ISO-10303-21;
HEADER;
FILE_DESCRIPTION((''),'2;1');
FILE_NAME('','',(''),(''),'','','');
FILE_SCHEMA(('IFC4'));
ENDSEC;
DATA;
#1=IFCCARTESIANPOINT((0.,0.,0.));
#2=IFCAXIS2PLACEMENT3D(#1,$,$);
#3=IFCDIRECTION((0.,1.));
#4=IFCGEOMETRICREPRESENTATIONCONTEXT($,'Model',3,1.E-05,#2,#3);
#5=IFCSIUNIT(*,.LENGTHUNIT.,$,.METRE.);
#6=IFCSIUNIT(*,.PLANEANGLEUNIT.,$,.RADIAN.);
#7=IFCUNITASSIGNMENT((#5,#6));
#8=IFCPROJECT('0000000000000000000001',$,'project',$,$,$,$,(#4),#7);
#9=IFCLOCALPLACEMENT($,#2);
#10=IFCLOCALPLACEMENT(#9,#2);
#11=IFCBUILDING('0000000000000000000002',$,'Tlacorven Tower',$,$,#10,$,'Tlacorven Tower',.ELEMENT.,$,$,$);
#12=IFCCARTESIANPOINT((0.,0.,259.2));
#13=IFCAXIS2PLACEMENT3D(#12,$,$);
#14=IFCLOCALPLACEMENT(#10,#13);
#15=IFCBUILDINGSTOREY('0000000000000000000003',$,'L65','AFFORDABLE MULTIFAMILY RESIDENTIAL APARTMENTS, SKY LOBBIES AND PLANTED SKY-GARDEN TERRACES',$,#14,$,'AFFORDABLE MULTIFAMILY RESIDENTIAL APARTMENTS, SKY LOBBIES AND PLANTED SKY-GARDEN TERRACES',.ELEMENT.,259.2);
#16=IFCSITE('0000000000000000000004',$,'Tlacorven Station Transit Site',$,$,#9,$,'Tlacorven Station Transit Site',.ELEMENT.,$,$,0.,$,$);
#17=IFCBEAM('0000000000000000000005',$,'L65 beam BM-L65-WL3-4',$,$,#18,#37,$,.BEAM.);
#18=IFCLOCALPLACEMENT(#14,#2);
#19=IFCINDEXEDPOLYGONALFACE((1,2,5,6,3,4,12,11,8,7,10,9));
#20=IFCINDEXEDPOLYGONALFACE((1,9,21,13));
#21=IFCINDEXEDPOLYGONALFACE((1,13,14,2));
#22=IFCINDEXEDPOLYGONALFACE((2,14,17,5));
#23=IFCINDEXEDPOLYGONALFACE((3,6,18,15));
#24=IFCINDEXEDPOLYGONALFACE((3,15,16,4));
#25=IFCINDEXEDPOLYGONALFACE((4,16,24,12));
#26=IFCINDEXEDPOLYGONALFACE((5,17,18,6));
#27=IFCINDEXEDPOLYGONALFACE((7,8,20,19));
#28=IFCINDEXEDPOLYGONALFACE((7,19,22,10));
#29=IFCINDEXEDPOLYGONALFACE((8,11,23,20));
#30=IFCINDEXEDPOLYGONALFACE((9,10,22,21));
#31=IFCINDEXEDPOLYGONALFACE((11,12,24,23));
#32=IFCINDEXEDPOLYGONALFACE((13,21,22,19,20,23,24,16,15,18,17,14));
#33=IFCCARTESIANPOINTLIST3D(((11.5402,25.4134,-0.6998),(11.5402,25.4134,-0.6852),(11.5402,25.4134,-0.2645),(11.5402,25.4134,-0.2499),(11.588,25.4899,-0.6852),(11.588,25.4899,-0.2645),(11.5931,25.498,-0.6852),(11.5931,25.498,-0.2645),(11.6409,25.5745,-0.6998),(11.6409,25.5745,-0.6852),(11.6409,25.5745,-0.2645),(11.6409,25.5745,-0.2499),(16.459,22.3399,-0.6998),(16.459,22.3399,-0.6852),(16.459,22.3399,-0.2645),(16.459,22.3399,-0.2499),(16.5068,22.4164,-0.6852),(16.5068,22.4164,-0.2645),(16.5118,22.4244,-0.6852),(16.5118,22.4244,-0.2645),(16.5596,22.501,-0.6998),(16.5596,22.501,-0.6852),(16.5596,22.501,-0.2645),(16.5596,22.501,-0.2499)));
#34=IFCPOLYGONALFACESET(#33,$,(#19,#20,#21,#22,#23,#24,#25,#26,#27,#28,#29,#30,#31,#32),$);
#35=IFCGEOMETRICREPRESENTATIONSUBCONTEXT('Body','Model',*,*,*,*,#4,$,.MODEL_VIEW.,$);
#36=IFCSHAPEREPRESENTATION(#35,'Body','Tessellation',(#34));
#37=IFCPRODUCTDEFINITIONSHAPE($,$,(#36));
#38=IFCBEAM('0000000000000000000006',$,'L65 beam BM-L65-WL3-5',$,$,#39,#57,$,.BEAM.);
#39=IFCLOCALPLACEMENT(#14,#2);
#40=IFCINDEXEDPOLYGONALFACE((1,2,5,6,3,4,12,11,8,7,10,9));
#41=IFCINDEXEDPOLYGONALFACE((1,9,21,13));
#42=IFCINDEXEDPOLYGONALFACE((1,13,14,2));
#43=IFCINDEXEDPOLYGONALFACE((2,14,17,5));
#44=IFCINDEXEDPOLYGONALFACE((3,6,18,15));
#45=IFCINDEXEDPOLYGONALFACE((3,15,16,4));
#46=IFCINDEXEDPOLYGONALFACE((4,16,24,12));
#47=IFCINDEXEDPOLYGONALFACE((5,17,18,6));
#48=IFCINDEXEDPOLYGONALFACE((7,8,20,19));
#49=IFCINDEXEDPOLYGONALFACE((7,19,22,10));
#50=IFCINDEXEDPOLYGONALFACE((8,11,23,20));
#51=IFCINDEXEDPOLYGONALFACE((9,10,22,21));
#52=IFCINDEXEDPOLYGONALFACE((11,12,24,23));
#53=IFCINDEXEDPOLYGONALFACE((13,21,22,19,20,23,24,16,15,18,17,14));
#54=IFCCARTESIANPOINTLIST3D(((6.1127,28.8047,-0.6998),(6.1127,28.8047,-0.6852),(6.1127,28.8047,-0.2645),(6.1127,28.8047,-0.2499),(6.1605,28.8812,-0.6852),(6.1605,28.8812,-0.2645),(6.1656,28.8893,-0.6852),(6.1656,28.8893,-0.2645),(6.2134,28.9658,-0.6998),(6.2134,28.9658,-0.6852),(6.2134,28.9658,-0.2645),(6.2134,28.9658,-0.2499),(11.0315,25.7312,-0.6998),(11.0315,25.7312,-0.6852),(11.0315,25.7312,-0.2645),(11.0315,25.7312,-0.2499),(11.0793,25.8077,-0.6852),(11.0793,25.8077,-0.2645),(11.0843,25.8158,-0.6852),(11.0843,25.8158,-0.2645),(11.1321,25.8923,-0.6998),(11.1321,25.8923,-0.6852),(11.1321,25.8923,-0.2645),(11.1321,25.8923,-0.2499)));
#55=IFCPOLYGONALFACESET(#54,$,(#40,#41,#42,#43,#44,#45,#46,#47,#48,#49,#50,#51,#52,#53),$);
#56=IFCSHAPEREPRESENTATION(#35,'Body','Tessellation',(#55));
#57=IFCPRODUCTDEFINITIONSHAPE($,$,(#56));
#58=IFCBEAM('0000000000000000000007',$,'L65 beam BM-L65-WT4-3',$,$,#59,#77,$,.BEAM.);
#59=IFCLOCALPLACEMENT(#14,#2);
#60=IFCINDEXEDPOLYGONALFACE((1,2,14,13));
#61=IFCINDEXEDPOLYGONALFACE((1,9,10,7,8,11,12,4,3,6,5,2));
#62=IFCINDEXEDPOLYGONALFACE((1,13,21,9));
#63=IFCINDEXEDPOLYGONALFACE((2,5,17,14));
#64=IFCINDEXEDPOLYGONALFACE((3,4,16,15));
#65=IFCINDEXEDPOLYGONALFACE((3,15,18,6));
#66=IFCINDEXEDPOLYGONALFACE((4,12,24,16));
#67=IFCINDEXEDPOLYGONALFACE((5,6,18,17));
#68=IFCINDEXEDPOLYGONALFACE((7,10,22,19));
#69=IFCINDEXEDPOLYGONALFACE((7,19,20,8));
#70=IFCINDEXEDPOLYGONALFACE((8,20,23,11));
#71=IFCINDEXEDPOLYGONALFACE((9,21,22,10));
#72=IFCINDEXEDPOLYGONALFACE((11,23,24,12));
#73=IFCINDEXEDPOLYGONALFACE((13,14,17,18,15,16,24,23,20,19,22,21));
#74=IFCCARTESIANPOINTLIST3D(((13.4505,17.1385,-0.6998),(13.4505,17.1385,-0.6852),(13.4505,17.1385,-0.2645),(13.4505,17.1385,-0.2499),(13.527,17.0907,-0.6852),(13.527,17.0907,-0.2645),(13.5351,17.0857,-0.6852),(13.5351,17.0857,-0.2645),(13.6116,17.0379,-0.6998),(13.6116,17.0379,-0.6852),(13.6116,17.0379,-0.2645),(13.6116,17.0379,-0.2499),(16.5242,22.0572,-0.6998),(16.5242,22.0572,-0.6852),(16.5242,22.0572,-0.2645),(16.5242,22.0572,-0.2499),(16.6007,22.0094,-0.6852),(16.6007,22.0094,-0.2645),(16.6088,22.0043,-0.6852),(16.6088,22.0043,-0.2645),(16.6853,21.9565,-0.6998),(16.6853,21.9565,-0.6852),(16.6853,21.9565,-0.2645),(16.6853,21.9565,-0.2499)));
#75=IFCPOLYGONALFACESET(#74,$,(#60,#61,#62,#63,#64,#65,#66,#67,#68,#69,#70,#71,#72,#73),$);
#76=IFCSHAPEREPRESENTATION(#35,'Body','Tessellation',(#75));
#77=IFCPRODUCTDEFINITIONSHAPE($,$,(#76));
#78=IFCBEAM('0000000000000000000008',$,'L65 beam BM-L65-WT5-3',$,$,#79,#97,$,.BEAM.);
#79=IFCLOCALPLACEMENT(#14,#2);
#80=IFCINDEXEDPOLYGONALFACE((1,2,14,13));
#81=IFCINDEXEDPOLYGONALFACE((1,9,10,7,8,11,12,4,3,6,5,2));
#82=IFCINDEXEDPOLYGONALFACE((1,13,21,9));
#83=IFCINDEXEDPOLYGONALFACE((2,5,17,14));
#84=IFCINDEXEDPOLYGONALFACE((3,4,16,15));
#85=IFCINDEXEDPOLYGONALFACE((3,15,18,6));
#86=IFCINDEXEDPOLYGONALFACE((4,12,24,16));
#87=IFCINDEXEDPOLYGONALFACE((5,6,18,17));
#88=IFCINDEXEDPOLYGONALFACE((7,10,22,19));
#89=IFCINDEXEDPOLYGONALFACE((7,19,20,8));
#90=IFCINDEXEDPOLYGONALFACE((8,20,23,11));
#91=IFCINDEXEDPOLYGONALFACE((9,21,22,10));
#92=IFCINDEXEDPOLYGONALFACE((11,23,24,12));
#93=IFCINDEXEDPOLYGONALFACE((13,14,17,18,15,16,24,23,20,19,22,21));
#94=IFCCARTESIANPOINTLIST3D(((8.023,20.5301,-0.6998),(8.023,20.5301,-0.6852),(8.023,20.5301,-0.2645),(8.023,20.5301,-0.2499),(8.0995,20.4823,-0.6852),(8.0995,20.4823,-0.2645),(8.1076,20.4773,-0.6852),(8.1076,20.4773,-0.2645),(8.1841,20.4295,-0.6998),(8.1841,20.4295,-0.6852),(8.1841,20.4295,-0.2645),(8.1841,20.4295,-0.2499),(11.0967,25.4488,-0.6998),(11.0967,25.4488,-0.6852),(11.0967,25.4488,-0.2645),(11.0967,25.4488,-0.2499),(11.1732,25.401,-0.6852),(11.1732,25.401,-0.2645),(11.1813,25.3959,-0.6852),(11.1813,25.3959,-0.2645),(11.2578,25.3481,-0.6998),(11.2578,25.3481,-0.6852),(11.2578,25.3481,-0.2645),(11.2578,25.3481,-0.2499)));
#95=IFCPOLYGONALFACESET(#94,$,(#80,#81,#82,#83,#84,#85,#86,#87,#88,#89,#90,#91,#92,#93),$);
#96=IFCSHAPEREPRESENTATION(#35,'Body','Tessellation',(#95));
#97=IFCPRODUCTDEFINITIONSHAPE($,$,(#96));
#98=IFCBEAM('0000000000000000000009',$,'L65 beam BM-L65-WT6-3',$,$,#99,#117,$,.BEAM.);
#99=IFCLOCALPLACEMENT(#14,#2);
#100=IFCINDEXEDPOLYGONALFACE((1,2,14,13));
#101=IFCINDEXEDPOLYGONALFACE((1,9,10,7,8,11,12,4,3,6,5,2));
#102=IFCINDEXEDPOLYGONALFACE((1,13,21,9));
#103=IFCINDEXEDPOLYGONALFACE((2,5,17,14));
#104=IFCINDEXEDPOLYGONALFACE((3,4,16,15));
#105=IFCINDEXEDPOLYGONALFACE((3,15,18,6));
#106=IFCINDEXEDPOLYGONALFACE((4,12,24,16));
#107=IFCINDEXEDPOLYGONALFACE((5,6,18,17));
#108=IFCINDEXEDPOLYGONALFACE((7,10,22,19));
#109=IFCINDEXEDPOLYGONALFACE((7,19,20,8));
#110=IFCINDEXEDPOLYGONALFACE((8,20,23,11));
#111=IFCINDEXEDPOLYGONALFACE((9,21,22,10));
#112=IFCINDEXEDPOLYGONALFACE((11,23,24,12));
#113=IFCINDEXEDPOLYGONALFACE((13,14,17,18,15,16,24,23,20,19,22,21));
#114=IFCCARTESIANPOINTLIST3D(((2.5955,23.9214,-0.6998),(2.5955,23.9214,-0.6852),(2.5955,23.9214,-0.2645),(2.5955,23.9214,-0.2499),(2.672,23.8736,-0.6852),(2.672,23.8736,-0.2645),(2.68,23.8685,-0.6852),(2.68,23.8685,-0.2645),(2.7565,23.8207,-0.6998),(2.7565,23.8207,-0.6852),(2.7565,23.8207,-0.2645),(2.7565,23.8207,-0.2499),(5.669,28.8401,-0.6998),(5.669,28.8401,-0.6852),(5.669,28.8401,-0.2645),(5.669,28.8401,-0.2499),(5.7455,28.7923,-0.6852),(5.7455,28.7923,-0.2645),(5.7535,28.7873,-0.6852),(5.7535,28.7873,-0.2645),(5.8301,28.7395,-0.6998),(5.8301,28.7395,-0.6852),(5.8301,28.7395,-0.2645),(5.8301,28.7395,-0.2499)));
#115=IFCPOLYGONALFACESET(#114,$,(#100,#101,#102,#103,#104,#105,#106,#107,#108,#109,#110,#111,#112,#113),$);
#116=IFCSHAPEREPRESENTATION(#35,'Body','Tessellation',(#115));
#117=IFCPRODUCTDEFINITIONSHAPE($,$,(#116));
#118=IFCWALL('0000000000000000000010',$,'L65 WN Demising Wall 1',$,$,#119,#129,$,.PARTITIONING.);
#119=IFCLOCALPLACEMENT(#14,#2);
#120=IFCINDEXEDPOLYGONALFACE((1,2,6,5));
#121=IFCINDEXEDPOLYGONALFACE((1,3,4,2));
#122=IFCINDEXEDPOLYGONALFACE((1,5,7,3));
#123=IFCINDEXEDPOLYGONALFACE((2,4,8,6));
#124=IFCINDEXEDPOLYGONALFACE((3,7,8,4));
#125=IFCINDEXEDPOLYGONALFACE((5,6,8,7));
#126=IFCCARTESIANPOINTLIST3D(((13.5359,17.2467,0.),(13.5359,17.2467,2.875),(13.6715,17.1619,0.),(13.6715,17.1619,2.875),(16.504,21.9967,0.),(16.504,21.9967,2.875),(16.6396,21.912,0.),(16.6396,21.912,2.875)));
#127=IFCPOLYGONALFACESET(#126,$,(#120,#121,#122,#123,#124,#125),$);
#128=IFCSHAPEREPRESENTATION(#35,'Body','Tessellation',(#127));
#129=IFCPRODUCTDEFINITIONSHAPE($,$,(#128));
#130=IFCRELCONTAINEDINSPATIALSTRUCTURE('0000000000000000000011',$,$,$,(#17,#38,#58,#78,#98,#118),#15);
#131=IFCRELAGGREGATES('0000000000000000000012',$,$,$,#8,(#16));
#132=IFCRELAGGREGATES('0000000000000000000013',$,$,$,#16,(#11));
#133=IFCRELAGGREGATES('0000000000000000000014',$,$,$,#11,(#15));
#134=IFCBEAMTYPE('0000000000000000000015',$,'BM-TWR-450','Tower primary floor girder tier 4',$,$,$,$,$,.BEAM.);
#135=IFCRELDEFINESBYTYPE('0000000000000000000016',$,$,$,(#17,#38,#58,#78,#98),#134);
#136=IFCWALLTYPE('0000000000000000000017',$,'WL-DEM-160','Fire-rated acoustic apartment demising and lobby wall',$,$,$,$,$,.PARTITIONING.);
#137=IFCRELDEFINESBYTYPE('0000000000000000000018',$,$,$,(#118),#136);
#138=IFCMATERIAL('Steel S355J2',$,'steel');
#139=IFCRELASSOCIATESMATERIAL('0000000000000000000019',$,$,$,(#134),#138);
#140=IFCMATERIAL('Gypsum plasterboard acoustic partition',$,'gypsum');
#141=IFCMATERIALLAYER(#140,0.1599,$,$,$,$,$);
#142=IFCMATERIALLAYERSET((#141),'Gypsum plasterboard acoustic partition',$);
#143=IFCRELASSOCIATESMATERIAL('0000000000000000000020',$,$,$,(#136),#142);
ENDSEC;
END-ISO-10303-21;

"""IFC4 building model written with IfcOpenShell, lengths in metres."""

from ifc_helpers import new_model, si_unit, direction, frame, frame_2d, origin, origin_2d, place, context, subcontext, project, spatial, rectangle, i_section, extrude, source, transform, mapped, material, layer, layer_set, material_profile, profile_set, type_object, element, save


model = new_model("IFC4")

# Units and contexts
model_context = context("Model", 3, precision=1e-05, world=origin(), true_north=direction((0.0, 1.0)))
body_context = subcontext(model_context, "Body", "Model", "MODEL_VIEW")
ifc_project = project(units=[si_unit("LENGTHUNIT", "METRE"), si_unit("PLANEANGLEUNIT", "RADIAN")], contexts=[model_context])

# Site, building, storey
site_placement = place(None, origin())
site = spatial("IfcSite", under=ifc_project, at=site_placement, Name="Tlacorven Station Transit Site", LongName="Tlacorven Station Transit Site", CompositionType="ELEMENT", RefElevation=0.0)
building_placement = place(site_placement, origin())
building = spatial("IfcBuilding", under=site, at=building_placement, Name="Tlacorven Tower", LongName="Tlacorven Tower", CompositionType="ELEMENT")
storey_placement = place(building_placement, frame((0.0, 0.0, 259.2)))
storey = spatial("IfcBuildingStorey", under=building, at=storey_placement, Name="L65", Description="AFFORDABLE MULTIFAMILY RESIDENTIAL APARTMENTS, SKY LOBBIES AND PLANTED SKY-GARDEN TERRACES", LongName="AFFORDABLE MULTIFAMILY RESIDENTIAL APARTMENTS, SKY LOBBIES AND PLANTED SKY-GARDEN TERRACES", CompositionType="ELEMENT", Elevation=259.2)

# Shared definitions
ifc_material_1 = material(Name="Steel S355J2", Category="steel")

# Beams
ifc_material_profile_1 = material_profile(ifc_material_1, i_section(OverallWidth=0.1899, OverallDepth=0.45, WebThickness=0.0095, FlangeThickness=0.0146, at=origin_2d()), Name="IPE 450")
ifc_profile_set_1 = profile_set([ifc_material_profile_1], Name="Steel S355J2")
beam_type_1 = type_object("IfcBeamType", Name="BM-TWR-450", Description="Tower primary floor girder tier 4", PredefinedType="BEAM", material=ifc_profile_set_1)
shared_shape_1 = source(origin(), body_context, "Body", "SweptSolid", [
    extrude(i_section(OverallWidth=0.1899, OverallDepth=0.45, WebThickness=0.0095, FlangeThickness=0.0146, at=origin_2d()), origin(), (0.0, 0.0, 1.0), 5.8),
])
for number, where, z_axis, x_axis, name in (
    (1, (16.5093, 22.4204, -0.4749), (-0.848053, 0.529912, 0.0), (-0.529912, -0.848053, 0.0), "L65 beam BM-L65-WL3-4"),
    (2, (11.0818, 25.8118, -0.4749), (-0.848053, 0.529912, 0.0), (-0.529912, -0.848053, 0.0), "L65 beam BM-L65-WL3-5"),
    (3, (16.6047, 22.0068, -0.4749), (-0.529942, -0.848034, 0.0), (0.848034, -0.529942, 0.0), "L65 beam BM-L65-WT4-3"),
    (4, (11.1772, 25.3984, -0.4749), (-0.529942, -0.848034, 0.0), (0.848034, -0.529942, 0.0), "L65 beam BM-L65-WT5-3"),
    (5, (5.7495, 28.7898, -0.4749), (-0.529912, -0.848053, 0.0), (0.848053, -0.529912, 0.0), "L65 beam BM-L65-WT6-3"),
):
    element("IfcBeam", number, at=place(storey_placement, frame(where, z_axis=z_axis, x_axis=x_axis)), inside=storey, type_object=beam_type_1, Name=name, PredefinedType="BEAM", context=body_context, shape_type="MappedRepresentation", body=[
        mapped(shared_shape_1, transform((0.0, 0.0, 0.0), scale=1.0)),
    ])

# Wall
ifc_material_2 = material(Name="Gypsum plasterboard acoustic partition", Category="gypsum")
ifc_layer_1 = layer(ifc_material_2, 0.1599)
ifc_layer_set_1 = layer_set([ifc_layer_1], Name="Gypsum plasterboard acoustic partition")
wall_type_1 = type_object("IfcWallType", Name="WL-DEM-160", Description="Fire-rated acoustic apartment demising and lobby wall", PredefinedType="PARTITIONING", material=ifc_layer_set_1)
wall_1_placement = place(storey_placement, frame((16.5718, 21.9543, 0.0), z_axis=(0.0, 0.0, 1.0), x_axis=(-0.529905, -0.848057, 0.0)))
element("IfcWall", 6, at=wall_1_placement, inside=storey, type_object=wall_type_1, Name="L65 WN Demising Wall 1", PredefinedType="PARTITIONING", context=body_context, shape_type="SweptSolid", body=[
    extrude(rectangle(XDim=5.6011, YDim=0.1599, at=frame_2d((2.8005, 0.0))), origin(), (0.0, 0.0, 1.0), 2.875),
])

save(model, "model.ifc")
